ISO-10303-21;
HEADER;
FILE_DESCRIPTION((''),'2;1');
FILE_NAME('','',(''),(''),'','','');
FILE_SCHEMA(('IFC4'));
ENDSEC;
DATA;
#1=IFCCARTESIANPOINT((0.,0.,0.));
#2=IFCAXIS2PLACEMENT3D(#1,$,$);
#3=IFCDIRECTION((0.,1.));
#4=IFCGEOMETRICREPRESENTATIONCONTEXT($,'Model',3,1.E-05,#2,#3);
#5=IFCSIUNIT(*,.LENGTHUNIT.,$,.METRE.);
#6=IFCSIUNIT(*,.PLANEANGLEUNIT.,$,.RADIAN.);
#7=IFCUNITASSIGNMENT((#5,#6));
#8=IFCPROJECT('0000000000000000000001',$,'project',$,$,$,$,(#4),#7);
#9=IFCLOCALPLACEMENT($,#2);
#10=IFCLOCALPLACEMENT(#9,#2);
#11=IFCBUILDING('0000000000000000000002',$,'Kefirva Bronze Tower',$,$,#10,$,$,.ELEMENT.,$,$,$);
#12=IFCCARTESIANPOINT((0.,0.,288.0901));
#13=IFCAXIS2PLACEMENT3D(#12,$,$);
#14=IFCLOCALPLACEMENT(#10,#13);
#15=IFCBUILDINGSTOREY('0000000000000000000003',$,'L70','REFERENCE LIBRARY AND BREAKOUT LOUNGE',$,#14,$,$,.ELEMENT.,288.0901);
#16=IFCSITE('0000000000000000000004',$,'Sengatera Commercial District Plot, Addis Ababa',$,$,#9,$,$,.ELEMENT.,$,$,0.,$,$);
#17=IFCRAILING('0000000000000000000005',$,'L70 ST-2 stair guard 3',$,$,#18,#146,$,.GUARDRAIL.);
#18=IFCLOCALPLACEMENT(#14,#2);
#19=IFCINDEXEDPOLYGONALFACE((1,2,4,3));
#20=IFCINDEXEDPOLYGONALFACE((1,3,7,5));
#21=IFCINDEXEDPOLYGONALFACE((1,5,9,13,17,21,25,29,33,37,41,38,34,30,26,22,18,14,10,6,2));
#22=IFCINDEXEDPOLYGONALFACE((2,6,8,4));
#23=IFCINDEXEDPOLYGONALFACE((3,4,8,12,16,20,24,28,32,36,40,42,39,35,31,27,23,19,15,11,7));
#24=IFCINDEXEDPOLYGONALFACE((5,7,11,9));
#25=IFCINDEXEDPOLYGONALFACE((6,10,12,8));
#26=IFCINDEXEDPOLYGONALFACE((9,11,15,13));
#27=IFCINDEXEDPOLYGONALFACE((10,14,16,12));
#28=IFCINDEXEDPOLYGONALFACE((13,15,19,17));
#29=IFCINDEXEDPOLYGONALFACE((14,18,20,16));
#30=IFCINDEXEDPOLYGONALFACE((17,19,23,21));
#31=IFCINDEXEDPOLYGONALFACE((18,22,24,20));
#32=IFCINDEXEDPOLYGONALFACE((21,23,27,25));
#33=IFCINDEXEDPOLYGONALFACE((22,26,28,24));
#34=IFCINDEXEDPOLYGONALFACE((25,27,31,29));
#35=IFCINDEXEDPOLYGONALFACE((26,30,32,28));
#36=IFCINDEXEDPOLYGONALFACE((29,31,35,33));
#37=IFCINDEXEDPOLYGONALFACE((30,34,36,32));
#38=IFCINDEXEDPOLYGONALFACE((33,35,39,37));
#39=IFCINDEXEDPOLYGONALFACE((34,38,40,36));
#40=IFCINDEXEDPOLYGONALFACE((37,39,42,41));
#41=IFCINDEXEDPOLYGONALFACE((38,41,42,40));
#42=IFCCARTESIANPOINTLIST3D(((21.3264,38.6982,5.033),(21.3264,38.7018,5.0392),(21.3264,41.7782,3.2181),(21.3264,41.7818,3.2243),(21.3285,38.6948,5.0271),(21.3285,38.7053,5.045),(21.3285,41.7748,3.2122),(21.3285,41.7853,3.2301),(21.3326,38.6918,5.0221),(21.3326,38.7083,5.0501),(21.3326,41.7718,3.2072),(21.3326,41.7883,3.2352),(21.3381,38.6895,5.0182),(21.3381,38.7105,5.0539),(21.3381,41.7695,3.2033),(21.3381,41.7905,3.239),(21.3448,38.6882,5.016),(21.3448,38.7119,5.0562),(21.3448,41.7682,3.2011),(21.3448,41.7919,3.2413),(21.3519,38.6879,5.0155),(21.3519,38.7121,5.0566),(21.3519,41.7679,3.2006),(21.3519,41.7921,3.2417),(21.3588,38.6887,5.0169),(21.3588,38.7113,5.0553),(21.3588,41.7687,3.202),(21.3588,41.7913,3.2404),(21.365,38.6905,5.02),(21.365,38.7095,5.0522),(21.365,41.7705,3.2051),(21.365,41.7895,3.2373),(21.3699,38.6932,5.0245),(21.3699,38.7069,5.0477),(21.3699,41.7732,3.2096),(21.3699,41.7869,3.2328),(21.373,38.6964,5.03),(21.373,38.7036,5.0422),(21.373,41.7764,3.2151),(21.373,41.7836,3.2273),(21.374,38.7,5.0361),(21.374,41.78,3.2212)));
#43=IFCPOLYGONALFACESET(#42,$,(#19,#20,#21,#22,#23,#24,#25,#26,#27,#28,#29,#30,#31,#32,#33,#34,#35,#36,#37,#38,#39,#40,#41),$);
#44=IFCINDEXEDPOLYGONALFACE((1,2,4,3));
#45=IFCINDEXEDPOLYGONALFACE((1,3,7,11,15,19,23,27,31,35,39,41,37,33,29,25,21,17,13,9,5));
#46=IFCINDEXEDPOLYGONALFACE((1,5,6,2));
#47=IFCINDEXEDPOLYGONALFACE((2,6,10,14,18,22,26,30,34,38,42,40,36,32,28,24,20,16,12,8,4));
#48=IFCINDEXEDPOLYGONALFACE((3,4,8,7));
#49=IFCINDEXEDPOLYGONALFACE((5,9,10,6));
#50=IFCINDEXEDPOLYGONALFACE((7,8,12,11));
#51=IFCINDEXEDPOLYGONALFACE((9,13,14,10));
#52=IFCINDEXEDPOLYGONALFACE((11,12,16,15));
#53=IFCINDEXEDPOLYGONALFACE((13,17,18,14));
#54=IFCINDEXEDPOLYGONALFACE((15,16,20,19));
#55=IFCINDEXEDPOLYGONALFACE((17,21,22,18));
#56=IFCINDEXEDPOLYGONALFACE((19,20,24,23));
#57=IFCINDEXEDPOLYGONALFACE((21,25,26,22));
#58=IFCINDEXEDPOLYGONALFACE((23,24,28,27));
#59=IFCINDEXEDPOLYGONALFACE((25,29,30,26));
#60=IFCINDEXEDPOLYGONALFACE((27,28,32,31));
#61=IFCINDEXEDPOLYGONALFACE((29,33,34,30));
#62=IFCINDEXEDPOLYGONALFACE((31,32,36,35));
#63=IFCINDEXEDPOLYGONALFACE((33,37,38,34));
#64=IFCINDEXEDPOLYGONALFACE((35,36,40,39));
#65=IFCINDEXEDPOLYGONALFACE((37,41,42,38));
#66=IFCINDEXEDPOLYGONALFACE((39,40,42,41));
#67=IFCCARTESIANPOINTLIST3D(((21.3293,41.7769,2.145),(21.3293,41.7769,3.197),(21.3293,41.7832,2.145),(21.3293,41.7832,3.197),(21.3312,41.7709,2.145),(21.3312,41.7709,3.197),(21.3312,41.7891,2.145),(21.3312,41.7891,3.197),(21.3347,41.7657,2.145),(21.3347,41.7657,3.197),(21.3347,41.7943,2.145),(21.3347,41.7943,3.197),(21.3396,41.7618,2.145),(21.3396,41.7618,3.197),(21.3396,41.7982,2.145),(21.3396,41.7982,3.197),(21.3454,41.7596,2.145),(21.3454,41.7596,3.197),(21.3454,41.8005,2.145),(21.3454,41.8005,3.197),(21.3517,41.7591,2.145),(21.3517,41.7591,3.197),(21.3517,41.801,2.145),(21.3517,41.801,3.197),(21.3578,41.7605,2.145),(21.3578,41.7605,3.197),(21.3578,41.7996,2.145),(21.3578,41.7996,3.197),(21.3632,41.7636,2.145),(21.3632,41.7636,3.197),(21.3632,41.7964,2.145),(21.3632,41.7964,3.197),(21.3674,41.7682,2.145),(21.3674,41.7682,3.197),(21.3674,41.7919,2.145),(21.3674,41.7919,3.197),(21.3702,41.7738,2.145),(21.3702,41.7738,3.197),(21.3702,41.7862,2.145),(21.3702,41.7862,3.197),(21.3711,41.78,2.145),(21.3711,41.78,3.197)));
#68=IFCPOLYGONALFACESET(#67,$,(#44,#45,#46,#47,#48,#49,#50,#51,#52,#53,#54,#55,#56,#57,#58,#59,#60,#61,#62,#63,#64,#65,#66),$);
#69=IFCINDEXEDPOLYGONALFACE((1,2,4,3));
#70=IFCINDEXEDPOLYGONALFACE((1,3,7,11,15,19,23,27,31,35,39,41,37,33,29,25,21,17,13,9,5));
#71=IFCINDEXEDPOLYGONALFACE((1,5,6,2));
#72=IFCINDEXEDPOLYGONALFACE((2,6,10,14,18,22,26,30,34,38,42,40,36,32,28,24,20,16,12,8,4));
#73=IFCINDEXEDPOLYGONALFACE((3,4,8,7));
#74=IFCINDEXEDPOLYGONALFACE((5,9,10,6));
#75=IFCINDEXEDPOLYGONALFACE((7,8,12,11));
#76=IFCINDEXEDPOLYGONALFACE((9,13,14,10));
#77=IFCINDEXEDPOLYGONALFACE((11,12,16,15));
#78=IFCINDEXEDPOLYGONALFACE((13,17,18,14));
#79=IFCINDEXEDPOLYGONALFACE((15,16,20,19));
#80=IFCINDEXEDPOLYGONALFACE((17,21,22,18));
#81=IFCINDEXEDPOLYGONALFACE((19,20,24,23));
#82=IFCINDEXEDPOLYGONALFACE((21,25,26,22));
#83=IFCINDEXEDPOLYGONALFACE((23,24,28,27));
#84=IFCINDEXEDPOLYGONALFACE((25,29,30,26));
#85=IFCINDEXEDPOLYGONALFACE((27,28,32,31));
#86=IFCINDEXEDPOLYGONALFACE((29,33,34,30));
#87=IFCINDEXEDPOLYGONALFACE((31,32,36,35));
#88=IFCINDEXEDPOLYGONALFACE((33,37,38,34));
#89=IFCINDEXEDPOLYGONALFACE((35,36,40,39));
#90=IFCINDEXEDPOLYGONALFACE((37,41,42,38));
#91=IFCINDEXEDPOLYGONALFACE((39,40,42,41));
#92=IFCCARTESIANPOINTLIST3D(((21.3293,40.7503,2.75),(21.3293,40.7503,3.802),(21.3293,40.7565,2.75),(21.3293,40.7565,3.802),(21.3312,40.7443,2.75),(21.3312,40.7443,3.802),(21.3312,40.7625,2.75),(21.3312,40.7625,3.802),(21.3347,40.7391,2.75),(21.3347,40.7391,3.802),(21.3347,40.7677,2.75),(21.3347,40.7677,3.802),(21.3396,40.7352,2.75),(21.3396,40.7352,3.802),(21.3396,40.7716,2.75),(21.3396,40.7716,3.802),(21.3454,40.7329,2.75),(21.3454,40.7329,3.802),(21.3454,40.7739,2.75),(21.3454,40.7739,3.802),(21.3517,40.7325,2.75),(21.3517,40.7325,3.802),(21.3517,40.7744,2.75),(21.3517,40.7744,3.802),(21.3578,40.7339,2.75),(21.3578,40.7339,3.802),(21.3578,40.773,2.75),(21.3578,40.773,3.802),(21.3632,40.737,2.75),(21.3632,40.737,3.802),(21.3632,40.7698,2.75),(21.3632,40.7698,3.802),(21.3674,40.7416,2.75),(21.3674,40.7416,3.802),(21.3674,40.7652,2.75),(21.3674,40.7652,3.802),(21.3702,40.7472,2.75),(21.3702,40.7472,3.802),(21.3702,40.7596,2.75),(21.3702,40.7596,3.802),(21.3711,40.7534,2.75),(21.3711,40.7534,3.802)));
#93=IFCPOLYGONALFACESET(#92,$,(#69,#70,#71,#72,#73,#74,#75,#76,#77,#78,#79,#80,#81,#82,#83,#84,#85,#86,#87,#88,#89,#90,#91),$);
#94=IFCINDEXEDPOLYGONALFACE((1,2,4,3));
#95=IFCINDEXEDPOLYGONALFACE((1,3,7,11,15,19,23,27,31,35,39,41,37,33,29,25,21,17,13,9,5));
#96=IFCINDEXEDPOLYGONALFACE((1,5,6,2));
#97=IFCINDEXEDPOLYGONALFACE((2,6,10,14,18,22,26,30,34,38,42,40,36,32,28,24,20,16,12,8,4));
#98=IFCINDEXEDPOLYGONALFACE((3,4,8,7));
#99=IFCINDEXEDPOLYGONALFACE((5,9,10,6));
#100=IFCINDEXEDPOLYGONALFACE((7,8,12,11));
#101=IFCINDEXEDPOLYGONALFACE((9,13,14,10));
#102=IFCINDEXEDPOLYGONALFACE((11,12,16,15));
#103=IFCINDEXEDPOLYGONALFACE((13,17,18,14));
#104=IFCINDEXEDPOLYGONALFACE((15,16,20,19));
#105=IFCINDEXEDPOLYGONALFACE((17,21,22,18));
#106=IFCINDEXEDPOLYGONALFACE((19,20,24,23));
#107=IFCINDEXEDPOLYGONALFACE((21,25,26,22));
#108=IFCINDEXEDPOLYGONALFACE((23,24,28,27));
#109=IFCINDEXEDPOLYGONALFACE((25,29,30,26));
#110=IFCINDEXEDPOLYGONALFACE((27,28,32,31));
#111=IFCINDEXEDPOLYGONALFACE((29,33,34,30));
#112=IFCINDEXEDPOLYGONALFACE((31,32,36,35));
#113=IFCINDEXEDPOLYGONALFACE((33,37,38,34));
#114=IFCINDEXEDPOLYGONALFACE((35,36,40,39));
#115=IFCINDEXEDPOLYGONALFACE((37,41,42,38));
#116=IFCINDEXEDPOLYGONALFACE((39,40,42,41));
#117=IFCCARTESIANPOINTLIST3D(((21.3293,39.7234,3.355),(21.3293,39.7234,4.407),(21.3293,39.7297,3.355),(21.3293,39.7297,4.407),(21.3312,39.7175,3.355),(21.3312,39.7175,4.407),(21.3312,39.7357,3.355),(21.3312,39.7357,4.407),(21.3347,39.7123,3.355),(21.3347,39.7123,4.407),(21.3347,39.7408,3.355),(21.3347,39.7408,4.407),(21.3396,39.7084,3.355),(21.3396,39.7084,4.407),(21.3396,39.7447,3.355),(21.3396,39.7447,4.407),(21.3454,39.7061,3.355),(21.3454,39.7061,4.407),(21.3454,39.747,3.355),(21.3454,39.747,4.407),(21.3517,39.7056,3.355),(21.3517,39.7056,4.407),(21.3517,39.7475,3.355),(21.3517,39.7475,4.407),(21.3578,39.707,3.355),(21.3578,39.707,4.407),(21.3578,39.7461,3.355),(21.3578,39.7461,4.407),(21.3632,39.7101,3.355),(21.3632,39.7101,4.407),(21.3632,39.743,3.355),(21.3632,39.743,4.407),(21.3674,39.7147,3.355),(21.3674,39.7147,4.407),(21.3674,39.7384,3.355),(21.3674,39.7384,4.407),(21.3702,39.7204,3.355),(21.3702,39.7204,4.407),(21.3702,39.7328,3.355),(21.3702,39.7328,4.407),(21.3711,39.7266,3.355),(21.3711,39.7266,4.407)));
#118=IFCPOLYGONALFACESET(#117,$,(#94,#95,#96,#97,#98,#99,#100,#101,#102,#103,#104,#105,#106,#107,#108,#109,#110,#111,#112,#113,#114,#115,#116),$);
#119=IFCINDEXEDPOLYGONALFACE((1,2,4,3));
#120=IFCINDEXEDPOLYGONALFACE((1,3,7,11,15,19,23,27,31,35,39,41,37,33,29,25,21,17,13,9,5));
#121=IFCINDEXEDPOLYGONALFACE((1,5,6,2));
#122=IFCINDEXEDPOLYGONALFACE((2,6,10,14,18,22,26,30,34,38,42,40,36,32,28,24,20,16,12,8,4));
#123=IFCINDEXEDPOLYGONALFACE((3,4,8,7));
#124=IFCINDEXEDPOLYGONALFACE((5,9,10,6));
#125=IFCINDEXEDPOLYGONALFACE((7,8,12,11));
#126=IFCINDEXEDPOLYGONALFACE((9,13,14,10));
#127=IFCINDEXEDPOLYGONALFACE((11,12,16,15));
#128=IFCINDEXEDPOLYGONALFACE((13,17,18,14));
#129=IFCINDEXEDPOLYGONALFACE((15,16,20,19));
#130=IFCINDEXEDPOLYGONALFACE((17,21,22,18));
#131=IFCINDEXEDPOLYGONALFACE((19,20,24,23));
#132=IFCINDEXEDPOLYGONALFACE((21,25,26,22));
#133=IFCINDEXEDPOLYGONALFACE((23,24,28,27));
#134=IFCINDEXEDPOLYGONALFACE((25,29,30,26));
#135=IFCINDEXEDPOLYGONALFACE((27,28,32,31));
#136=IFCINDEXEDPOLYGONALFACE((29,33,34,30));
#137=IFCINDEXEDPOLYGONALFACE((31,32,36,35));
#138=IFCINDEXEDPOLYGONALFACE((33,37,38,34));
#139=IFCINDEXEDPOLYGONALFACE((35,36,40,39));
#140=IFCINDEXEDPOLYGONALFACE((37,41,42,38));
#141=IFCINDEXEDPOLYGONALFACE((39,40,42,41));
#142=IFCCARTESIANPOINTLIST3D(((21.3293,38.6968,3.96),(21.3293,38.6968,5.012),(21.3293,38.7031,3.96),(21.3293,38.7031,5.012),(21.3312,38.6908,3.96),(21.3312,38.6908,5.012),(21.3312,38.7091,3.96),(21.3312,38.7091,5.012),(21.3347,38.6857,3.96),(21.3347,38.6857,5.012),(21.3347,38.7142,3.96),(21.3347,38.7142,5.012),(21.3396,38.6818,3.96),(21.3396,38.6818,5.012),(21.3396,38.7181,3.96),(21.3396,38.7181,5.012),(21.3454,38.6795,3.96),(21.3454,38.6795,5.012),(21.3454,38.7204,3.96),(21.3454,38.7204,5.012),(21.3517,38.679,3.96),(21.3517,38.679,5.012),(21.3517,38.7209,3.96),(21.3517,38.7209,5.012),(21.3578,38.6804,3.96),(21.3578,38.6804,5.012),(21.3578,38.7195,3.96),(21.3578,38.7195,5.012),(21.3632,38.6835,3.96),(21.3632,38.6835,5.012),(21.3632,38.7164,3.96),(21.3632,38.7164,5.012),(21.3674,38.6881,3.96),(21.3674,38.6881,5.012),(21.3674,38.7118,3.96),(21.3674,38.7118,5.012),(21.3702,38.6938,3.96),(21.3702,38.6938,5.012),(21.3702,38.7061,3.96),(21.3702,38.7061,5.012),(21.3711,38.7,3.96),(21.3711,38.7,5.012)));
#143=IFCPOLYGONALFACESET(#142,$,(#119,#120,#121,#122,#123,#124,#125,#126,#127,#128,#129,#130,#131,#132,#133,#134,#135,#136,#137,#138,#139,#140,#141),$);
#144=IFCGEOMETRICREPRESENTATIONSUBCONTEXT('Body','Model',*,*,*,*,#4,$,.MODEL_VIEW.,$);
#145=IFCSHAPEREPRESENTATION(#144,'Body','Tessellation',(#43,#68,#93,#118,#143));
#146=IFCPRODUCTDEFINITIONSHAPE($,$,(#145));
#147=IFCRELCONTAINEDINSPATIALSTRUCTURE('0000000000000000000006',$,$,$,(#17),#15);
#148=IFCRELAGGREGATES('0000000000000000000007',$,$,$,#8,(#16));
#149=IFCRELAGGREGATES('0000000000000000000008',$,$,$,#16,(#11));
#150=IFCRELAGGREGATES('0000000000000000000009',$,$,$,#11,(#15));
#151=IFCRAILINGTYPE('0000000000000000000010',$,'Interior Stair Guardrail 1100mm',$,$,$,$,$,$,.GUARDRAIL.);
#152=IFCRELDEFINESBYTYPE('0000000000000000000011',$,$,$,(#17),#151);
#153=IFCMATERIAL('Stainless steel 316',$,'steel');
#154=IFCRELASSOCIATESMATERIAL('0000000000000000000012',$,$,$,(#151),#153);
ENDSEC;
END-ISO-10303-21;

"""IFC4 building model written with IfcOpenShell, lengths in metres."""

from ifc_helpers import new_model, si_unit, direction, frame, origin, origin_2d, place, context, subcontext, project, spatial, circle, extrude, material, type_object, element, save


model = new_model("IFC4")

# Units and contexts
model_context = context("Model", 3, precision=1e-05, world=origin(), true_north=direction((0.0, 1.0)))
body_context = subcontext(model_context, "Body", "Model", "MODEL_VIEW")
ifc_project = project(units=[si_unit("LENGTHUNIT", "METRE"), si_unit("PLANEANGLEUNIT", "RADIAN")], contexts=[model_context])

# Site, building, storey
site_placement = place(None, origin())
site = spatial("IfcSite", under=ifc_project, at=site_placement, Name="Sengatera Commercial District Plot, Addis Ababa", CompositionType="ELEMENT", RefElevation=0.0)
building_placement = place(site_placement, origin())
building = spatial("IfcBuilding", under=site, at=building_placement, Name="Kefirva Bronze Tower", CompositionType="ELEMENT")
storey_placement = place(building_placement, frame((0.0, 0.0, 288.0901)))
storey = spatial("IfcBuildingStorey", under=building, at=storey_placement, Name="L70", Description="REFERENCE LIBRARY AND BREAKOUT LOUNGE", CompositionType="ELEMENT", Elevation=288.0901)

# Railing
ifc_material_1 = material(Name="Stainless steel 316", Category="steel")
railing_type_1 = type_object("IfcRailingType", Name="Interior Stair Guardrail 1100mm", PredefinedType="GUARDRAIL", material=ifc_material_1)
railing_1_placement = place(storey_placement, frame((21.3501, 41.78, 2.145)))
element("IfcRailing", 1, at=railing_1_placement, inside=storey, type_object=railing_type_1, Name="L70 ST-2 stair guard 3", PredefinedType="GUARDRAIL", context=body_context, shape_type="SweptSolid", body=[
    extrude(circle(Radius=0.0239, at=origin_2d()), frame((0.0, 0.0, 1.0762), z_axis=(0.0, -0.861551, 0.507671), x_axis=(1.0, 0.0, 0.0)), (0.0, 0.0, 1.0), 3.575),
    extrude(circle(Radius=0.021, at=origin_2d()), origin(), (0.0, 0.0, 1.0), 1.052),
    extrude(circle(Radius=0.021, at=origin_2d()), frame((0.0, -1.0266, 0.605)), (0.0, 0.0, 1.0), 1.052),
    extrude(circle(Radius=0.021, at=origin_2d()), frame((0.0, -2.0535, 1.21)), (0.0, 0.0, 1.0), 1.052),
    extrude(circle(Radius=0.021, at=origin_2d()), frame((0.0, -3.0801, 1.8149)), (0.0, 0.0, 1.0), 1.052),
])

save(model, "model.ifc")
